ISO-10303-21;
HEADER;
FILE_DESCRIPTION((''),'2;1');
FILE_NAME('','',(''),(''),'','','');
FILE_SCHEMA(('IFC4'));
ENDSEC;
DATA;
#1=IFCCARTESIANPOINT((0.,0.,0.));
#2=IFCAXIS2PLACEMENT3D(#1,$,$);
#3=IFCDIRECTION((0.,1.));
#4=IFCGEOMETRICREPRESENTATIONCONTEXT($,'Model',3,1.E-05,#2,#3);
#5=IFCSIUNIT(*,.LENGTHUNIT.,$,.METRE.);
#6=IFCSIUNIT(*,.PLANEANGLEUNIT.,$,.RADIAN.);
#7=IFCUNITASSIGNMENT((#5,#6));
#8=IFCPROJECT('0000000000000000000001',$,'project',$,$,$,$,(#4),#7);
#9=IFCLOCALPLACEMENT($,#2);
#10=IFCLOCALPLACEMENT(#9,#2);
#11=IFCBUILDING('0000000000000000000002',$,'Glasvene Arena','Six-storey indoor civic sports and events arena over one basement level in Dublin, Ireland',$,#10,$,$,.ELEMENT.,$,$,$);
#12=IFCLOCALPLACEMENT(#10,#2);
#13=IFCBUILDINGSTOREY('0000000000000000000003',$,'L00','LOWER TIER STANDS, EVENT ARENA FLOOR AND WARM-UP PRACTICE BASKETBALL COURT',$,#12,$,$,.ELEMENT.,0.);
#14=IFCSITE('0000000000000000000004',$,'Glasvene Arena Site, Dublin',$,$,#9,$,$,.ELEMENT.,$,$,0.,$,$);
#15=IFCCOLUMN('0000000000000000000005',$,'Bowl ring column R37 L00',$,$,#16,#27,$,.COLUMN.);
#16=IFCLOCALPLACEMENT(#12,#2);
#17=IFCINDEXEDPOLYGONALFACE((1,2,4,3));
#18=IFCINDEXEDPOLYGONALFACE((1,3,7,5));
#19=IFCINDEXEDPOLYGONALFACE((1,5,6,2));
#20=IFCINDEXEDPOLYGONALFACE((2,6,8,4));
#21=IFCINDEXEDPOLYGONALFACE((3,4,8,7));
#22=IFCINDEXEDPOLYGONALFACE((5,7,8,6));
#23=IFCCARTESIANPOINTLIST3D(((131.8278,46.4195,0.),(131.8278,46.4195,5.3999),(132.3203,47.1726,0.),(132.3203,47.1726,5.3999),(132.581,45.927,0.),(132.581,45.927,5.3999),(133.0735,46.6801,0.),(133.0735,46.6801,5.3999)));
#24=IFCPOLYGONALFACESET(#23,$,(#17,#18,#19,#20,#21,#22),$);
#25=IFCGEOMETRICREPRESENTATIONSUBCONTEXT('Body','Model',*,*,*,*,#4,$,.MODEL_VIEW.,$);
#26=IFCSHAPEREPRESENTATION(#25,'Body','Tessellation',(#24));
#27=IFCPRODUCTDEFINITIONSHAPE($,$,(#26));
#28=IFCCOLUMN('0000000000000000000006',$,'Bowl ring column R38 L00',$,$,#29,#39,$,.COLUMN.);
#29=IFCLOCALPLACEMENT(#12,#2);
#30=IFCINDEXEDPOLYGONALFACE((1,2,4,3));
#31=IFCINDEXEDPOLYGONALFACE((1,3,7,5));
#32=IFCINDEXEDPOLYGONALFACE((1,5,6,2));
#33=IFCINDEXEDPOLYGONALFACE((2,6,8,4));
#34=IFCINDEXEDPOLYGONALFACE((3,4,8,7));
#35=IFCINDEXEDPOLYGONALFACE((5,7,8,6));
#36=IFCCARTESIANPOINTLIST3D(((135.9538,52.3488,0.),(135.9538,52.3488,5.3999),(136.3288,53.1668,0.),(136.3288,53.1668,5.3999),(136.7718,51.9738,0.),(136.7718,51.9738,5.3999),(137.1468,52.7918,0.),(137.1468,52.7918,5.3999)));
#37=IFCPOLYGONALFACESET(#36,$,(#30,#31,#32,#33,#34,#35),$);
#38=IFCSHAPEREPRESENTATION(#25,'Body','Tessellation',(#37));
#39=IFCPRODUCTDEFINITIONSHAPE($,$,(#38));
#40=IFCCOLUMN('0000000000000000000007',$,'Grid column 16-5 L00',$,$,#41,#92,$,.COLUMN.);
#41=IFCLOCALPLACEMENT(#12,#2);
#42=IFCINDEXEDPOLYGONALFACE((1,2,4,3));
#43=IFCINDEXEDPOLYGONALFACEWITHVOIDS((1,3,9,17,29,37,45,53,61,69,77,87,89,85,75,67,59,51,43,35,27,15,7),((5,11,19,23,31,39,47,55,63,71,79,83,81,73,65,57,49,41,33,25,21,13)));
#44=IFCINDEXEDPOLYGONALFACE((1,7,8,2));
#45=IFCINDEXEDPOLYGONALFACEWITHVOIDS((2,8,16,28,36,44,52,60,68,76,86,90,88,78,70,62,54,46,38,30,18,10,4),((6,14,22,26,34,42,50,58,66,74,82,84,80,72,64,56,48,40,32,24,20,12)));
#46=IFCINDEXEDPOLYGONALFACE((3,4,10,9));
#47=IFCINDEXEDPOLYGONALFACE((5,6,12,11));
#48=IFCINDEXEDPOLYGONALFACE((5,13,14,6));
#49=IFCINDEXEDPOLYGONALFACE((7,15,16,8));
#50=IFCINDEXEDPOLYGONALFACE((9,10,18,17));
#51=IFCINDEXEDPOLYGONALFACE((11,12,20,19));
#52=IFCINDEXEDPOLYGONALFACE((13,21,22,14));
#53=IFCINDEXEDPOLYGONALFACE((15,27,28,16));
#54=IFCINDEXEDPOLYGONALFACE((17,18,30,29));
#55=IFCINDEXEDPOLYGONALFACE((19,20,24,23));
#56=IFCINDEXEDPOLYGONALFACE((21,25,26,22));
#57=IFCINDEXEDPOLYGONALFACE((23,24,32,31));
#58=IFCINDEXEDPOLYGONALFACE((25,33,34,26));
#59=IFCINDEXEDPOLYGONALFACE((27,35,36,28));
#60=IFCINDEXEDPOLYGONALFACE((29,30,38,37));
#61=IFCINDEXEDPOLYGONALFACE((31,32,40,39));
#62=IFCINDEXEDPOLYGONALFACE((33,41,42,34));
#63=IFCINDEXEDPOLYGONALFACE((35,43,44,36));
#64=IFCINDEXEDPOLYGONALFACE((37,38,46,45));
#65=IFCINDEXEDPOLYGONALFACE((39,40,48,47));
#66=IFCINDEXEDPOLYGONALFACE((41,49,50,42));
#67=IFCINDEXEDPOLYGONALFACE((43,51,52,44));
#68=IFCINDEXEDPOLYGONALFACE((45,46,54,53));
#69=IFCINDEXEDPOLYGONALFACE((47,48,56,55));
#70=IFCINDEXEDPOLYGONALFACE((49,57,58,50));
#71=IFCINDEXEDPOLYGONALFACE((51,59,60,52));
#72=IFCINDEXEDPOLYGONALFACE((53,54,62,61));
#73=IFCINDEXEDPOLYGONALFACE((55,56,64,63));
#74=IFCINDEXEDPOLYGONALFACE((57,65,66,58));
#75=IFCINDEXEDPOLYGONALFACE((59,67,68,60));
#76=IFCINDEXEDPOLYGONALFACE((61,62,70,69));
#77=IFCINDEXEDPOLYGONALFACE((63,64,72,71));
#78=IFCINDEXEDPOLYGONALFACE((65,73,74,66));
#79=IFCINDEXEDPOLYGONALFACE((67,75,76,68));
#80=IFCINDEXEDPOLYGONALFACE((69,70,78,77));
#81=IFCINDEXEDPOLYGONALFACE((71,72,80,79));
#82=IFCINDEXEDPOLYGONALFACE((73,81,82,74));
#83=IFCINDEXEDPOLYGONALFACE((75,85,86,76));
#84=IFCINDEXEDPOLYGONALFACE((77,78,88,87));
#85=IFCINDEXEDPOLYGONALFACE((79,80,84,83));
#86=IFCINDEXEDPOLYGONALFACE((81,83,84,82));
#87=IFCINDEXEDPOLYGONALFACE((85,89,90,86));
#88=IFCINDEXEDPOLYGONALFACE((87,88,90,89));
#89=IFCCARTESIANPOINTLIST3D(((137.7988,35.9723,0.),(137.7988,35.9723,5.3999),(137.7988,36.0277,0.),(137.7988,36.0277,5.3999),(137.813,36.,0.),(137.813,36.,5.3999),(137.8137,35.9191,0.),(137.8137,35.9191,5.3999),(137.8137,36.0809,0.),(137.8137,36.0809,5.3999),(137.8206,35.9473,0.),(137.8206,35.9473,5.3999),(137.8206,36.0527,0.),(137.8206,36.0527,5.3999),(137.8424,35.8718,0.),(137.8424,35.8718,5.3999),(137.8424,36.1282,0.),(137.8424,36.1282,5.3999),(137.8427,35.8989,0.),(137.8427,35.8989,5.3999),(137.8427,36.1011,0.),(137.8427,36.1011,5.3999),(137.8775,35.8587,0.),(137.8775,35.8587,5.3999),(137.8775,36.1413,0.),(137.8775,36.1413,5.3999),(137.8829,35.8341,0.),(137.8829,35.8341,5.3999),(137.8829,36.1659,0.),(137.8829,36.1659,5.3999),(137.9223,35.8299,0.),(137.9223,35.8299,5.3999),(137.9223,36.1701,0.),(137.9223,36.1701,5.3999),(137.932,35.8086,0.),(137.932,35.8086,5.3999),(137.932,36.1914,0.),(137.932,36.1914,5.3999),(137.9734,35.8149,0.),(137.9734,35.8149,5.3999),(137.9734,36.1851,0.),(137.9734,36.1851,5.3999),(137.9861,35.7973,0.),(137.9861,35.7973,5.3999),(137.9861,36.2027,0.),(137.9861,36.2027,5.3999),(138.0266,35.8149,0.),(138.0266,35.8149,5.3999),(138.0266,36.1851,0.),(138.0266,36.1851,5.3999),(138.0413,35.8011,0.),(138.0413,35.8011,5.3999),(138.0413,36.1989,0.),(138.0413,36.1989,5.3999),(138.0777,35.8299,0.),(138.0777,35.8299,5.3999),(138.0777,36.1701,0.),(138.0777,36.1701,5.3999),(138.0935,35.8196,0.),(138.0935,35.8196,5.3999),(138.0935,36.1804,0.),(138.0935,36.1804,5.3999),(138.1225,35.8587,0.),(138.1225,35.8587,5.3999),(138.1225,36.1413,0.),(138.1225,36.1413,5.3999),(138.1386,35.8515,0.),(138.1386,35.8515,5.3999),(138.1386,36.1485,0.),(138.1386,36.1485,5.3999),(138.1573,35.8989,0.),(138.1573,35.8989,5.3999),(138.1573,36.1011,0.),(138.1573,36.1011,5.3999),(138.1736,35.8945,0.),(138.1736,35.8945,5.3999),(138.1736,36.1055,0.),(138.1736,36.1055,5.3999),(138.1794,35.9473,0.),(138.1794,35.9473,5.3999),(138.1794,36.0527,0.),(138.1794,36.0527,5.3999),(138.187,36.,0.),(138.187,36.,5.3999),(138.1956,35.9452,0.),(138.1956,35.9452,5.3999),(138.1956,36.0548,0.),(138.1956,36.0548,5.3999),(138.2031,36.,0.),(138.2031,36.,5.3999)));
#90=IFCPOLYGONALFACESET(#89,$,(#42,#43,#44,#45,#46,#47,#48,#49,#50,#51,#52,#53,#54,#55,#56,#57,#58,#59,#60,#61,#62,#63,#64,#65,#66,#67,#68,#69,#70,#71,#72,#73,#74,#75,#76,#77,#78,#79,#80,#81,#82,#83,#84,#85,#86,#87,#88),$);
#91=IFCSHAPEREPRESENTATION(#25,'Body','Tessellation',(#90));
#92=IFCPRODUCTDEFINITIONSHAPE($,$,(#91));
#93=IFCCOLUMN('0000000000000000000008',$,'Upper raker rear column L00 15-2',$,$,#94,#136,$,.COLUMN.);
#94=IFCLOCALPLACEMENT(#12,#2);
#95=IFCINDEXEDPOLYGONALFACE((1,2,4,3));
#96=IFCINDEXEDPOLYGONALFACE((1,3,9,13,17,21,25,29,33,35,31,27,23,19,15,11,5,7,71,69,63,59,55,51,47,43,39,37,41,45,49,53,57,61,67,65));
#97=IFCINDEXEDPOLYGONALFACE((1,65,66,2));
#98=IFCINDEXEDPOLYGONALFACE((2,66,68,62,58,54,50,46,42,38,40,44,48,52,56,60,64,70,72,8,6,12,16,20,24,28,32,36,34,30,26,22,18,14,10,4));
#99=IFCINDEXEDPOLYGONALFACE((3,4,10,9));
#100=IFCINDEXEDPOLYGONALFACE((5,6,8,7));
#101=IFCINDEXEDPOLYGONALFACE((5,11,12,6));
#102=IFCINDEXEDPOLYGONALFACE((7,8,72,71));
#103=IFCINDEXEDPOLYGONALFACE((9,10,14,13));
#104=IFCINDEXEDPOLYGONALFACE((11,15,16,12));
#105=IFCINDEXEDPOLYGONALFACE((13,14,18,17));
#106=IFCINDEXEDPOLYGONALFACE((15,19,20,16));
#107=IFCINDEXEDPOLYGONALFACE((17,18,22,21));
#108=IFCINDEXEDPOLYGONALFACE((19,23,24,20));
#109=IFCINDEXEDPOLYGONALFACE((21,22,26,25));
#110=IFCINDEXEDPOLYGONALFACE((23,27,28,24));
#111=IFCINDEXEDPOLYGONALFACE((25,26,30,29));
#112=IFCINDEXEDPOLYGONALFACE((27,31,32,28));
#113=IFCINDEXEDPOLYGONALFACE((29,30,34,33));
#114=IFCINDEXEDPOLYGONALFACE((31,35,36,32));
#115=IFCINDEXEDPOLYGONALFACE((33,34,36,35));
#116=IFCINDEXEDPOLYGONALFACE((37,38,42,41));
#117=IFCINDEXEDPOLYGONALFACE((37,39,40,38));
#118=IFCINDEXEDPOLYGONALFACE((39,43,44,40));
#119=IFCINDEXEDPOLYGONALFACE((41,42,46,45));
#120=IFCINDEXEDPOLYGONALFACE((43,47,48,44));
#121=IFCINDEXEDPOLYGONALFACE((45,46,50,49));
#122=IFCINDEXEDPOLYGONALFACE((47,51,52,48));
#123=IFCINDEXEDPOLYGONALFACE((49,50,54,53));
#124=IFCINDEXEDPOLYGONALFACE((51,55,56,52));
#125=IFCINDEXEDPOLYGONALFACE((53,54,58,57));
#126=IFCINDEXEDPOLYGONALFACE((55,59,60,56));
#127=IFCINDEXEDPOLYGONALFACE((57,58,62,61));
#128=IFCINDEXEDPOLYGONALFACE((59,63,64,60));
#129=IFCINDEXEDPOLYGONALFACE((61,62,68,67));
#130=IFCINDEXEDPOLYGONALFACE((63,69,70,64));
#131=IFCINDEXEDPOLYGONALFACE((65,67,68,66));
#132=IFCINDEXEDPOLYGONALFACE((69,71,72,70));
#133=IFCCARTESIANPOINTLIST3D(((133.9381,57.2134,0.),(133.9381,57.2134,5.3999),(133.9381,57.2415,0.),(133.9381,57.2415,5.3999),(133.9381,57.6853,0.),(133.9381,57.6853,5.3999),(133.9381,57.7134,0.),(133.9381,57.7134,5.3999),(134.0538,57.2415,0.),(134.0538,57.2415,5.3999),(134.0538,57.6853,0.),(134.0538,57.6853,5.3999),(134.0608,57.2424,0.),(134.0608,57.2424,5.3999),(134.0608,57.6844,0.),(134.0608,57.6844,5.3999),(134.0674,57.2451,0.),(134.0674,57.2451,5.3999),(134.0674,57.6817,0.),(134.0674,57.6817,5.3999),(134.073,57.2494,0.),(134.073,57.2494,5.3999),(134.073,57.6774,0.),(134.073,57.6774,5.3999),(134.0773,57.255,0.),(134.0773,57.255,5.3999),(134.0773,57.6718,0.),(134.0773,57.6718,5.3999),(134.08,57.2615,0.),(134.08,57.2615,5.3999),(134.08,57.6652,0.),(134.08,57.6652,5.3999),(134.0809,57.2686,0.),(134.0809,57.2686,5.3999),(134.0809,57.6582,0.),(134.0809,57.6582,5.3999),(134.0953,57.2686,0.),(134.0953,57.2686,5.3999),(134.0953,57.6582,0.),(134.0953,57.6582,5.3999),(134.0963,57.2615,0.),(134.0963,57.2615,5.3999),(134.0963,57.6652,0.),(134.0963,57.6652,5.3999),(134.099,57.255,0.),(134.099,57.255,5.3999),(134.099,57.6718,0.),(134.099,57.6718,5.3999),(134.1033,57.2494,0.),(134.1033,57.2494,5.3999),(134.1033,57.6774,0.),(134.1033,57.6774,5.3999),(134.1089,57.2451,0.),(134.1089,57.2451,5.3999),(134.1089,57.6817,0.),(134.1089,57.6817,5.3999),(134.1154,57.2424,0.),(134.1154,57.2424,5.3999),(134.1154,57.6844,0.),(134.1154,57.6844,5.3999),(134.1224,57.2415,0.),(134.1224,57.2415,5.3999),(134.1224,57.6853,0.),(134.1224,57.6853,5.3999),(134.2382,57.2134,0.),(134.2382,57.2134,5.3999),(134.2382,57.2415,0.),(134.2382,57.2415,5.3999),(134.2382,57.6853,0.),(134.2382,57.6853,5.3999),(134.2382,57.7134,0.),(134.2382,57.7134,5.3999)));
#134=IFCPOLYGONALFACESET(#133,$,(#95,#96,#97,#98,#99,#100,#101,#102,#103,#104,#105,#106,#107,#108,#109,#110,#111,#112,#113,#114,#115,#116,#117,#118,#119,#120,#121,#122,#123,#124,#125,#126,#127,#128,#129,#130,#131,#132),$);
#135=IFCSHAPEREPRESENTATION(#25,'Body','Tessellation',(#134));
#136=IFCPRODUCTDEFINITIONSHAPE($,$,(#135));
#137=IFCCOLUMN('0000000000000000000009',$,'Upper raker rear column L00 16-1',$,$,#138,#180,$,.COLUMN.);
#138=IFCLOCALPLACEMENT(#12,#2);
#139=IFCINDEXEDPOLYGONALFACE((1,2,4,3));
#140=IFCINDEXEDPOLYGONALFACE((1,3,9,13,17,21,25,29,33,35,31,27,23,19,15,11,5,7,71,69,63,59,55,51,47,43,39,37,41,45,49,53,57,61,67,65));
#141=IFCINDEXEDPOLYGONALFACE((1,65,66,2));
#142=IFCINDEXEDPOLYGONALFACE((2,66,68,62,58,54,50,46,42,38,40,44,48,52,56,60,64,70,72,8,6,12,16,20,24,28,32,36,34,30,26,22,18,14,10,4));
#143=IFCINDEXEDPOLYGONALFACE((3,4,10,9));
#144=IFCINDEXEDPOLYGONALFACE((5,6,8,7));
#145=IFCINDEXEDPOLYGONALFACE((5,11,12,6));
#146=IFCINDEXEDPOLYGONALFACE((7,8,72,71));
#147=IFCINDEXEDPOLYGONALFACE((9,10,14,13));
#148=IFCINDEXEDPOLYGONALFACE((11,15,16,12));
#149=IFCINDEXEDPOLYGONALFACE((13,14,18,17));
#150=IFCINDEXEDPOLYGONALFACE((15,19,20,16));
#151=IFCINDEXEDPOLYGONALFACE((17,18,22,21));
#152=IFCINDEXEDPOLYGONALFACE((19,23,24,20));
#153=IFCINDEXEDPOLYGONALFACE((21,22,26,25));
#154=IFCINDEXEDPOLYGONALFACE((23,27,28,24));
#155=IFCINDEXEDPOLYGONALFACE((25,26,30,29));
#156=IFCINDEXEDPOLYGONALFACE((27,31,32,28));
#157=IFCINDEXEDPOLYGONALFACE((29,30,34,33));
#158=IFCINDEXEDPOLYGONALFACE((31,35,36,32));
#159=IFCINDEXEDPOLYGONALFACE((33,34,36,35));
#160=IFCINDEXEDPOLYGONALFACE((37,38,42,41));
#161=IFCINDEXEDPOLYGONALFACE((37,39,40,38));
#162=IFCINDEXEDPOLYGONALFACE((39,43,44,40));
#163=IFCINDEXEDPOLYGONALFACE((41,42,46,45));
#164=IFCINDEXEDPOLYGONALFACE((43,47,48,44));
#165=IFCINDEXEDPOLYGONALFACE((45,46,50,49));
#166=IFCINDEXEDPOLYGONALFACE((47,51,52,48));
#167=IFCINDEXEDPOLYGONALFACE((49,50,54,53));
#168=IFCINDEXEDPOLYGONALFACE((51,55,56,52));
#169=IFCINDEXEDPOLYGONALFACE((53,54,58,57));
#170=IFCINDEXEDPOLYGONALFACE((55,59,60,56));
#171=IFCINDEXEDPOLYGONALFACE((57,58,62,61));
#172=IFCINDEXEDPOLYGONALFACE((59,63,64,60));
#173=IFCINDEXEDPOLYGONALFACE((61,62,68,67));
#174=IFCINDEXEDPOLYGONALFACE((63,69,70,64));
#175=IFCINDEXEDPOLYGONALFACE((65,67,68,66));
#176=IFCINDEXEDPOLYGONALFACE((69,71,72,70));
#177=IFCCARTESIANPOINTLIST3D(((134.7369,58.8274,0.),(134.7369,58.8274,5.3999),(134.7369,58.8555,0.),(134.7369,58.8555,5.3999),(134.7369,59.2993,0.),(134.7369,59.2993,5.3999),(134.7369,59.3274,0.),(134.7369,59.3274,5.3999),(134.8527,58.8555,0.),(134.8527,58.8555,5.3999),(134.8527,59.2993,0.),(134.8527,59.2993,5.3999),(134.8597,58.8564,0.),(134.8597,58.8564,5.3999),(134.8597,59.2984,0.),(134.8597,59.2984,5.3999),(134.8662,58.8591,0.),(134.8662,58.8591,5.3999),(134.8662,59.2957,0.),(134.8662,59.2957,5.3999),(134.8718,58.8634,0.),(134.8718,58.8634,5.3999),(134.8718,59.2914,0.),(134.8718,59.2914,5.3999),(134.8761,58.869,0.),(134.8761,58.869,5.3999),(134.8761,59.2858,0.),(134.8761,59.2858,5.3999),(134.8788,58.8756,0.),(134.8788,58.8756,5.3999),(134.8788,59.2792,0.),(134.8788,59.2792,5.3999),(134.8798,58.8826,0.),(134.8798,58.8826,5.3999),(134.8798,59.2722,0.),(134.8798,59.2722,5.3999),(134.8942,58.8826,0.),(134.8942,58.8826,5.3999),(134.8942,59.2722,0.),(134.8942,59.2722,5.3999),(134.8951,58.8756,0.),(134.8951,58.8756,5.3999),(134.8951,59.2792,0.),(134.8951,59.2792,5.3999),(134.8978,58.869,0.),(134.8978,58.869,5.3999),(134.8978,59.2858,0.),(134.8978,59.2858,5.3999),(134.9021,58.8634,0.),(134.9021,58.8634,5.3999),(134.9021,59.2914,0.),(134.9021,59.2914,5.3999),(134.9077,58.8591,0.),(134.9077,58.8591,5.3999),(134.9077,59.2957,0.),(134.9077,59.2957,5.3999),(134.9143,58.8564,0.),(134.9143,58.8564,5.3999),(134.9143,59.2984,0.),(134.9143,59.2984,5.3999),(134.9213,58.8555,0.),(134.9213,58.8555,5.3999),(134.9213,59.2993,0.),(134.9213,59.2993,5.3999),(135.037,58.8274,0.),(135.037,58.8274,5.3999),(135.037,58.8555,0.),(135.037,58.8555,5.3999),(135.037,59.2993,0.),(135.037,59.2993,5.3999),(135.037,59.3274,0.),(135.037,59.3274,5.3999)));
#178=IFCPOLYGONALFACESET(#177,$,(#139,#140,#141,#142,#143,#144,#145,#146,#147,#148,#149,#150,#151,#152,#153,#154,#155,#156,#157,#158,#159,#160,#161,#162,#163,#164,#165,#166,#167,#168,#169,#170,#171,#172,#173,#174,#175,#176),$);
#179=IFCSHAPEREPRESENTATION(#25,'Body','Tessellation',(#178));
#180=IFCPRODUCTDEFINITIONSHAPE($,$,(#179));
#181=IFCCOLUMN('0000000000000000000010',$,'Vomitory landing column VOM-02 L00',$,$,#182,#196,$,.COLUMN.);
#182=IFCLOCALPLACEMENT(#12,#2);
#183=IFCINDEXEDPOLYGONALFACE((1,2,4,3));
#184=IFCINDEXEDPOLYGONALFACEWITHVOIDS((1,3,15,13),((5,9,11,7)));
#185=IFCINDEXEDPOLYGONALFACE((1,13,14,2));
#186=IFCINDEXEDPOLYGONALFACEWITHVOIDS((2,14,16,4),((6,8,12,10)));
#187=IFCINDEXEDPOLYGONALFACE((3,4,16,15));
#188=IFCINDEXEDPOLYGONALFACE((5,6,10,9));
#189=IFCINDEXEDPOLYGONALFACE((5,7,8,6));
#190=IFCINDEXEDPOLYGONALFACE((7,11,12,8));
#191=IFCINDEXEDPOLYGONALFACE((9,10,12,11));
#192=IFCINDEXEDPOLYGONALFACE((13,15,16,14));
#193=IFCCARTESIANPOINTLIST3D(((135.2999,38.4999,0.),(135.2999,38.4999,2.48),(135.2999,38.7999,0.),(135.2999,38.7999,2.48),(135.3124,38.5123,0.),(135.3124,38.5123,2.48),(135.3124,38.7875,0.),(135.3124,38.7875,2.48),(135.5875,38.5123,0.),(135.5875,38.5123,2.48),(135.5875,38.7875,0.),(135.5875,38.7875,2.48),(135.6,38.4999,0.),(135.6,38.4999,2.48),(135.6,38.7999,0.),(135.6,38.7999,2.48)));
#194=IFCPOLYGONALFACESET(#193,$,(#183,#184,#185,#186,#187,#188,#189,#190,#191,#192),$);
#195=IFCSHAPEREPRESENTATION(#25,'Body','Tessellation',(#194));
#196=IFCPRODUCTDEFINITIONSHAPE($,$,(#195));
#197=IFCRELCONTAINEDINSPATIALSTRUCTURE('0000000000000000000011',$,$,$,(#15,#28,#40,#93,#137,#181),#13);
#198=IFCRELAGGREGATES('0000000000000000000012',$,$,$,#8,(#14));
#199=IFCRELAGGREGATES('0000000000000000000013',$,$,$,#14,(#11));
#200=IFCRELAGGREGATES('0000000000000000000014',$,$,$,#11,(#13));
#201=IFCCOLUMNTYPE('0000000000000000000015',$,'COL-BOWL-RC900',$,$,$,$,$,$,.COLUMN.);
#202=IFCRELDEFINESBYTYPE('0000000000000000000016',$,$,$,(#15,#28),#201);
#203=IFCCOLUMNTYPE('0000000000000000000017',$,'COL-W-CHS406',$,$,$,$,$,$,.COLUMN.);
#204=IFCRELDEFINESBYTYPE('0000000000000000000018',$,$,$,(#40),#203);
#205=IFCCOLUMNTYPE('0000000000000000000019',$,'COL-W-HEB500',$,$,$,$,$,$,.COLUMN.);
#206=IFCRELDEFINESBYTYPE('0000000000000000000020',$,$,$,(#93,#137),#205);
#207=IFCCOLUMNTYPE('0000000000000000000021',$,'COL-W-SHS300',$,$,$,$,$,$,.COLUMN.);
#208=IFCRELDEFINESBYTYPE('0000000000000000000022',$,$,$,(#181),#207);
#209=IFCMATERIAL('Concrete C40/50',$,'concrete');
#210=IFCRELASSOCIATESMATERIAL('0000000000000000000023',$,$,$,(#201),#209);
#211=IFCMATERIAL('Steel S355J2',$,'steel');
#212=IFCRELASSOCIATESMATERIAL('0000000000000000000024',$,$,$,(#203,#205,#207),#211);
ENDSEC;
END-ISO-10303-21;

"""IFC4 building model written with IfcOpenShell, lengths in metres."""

from ifc_helpers import new_model, si_unit, direction, frame, origin, origin_2d, place, context, subcontext, project, spatial, rectangle, hollow_rectangle, hollow_circle, i_section, extrude, material, material_profile, profile_set, type_object, element, save


model = new_model("IFC4")

# Units and contexts
model_context = context("Model", 3, precision=1e-05, world=origin(), true_north=direction((0.0, 1.0)))
body_context = subcontext(model_context, "Body", "Model", "MODEL_VIEW")
ifc_project = project(units=[si_unit("LENGTHUNIT", "METRE"), si_unit("PLANEANGLEUNIT", "RADIAN")], contexts=[model_context])

# Site, building, storey
site_placement = place(None, origin())
site = spatial("IfcSite", under=ifc_project, at=site_placement, Name="Glasvene Arena Site, Dublin", CompositionType="ELEMENT", RefElevation=0.0)
building_placement = place(site_placement, origin())
building = spatial("IfcBuilding", under=site, at=building_placement, Name="Glasvene Arena", Description="Six-storey indoor civic sports and events arena over one basement level in Dublin, Ireland", CompositionType="ELEMENT")
storey_placement = place(building_placement, origin())
storey = spatial("IfcBuildingStorey", under=building, at=storey_placement, Name="L00", Description="LOWER TIER STANDS, EVENT ARENA FLOOR AND WARM-UP PRACTICE BASKETBALL COURT", CompositionType="ELEMENT", Elevation=0.0)

# Columns
ifc_material_1 = material(Name="Concrete C40/50", Category="concrete")
ifc_material_profile_1 = material_profile(ifc_material_1, rectangle(XDim=0.8999, YDim=0.8999, at=origin_2d()), Name="RC 900x900")
ifc_profile_set_1 = profile_set([ifc_material_profile_1], Name="Concrete C40/50")
column_type_1 = type_object("IfcColumnType", Name="COL-BOWL-RC900", PredefinedType="COLUMN", material=ifc_profile_set_1)
for number, where, z_axis, x_axis, name in (
    (1, (132.4507, 46.5498, 0.0), (0.0, 0.0, 1.0), (0.836955, -0.547271, 0.0), "Bowl ring column R37 L00"),
    (2, (136.5503, 52.5703, 0.0), (0.0, 0.0, 1.0), (0.909018, -0.416757, 0.0), "Bowl ring column R38 L00"),
):
    element("IfcColumn", number, at=place(storey_placement, frame(where, z_axis=z_axis, x_axis=x_axis)), inside=storey, type_object=column_type_1, Name=name, PredefinedType="COLUMN", context=body_context, shape_type="SweptSolid", body=[
        extrude(rectangle(XDim=0.8999, YDim=0.8999, at=origin_2d()), origin(), (0.0, 0.0, 1.0), 5.3999),
    ])
ifc_material_2 = material(Name="Steel S355J2", Category="steel")
ifc_material_profile_2 = material_profile(ifc_material_2, hollow_circle(Radius=0.2031, WallThickness=0.0161, at=origin_2d()), Name="CHS 406.4x16.0")
ifc_profile_set_2 = profile_set([ifc_material_profile_2], Name="Steel S355J2")
column_type_2 = type_object("IfcColumnType", Name="COL-W-CHS406", PredefinedType="COLUMN", material=ifc_profile_set_2)
column_placement = place(storey_placement, frame((138.0, 36.0, 0.0), z_axis=(0.0, 0.0, 1.0), x_axis=(1.0, 0.0, 0.0)))
element("IfcColumn", 3, at=column_placement, inside=storey, type_object=column_type_2, Name="Grid column 16-5 L00", PredefinedType="COLUMN", context=body_context, shape_type="SweptSolid", body=[
    extrude(hollow_circle(Radius=0.2031, WallThickness=0.0161, at=origin_2d()), origin(), (0.0, 0.0, 1.0), 5.3999),
])
ifc_material_profile_3 = material_profile(ifc_material_2, i_section(OverallWidth=0.3, OverallDepth=0.5, WebThickness=0.0144, FlangeThickness=0.0281, FilletRadius=0.0271, at=origin_2d()), Name="HEB 500")
ifc_profile_set_3 = profile_set([ifc_material_profile_3], Name="Steel S355J2")
column_type_3 = type_object("IfcColumnType", Name="COL-W-HEB500", PredefinedType="COLUMN", material=ifc_profile_set_3)
for number, where, z_axis, x_axis, name in (
    (4, (134.0881, 57.4634, 0.0), (0.0, 0.0, 1.0), (1.0, 0.0, 0.0), "Upper raker rear column L00 15-2"),
    (5, (134.887, 59.0774, 0.0), (0.0, 0.0, 1.0), (1.0, 0.0, 0.0), "Upper raker rear column L00 16-1"),
):
    element("IfcColumn", number, at=place(storey_placement, frame(where, z_axis=z_axis, x_axis=x_axis)), inside=storey, type_object=column_type_3, Name=name, PredefinedType="COLUMN", context=body_context, shape_type="SweptSolid", body=[
        extrude(i_section(OverallWidth=0.3, OverallDepth=0.5, WebThickness=0.0144, FlangeThickness=0.0281, FilletRadius=0.0271, at=origin_2d()), origin(), (0.0, 0.0, 1.0), 5.3999),
    ])
ifc_material_profile_4 = material_profile(ifc_material_2, hollow_rectangle(XDim=0.3, YDim=0.3, WallThickness=0.0125, at=origin_2d()), Name="SHS 300x300x12.5")
ifc_profile_set_4 = profile_set([ifc_material_profile_4], Name="Steel S355J2")
column_type_4 = type_object("IfcColumnType", Name="COL-W-SHS300", PredefinedType="COLUMN", material=ifc_profile_set_4)
for number, where, z_axis, x_axis, name in (
    (6, (135.45, 38.6499, 0.0), (0.0, 0.0, 1.0), (1.0, 0.0, 0.0), "Vomitory landing column VOM-02 L00"),
):
    element("IfcColumn", number, at=place(storey_placement, frame(where, z_axis=z_axis, x_axis=x_axis)), inside=storey, type_object=column_type_4, Name=name, PredefinedType="COLUMN", context=body_context, shape_type="SweptSolid", body=[
        extrude(hollow_rectangle(XDim=0.3, YDim=0.3, WallThickness=0.0125, at=origin_2d()), origin(), (0.0, 0.0, 1.0), 2.48),
    ])

save(model, "model.ifc")
